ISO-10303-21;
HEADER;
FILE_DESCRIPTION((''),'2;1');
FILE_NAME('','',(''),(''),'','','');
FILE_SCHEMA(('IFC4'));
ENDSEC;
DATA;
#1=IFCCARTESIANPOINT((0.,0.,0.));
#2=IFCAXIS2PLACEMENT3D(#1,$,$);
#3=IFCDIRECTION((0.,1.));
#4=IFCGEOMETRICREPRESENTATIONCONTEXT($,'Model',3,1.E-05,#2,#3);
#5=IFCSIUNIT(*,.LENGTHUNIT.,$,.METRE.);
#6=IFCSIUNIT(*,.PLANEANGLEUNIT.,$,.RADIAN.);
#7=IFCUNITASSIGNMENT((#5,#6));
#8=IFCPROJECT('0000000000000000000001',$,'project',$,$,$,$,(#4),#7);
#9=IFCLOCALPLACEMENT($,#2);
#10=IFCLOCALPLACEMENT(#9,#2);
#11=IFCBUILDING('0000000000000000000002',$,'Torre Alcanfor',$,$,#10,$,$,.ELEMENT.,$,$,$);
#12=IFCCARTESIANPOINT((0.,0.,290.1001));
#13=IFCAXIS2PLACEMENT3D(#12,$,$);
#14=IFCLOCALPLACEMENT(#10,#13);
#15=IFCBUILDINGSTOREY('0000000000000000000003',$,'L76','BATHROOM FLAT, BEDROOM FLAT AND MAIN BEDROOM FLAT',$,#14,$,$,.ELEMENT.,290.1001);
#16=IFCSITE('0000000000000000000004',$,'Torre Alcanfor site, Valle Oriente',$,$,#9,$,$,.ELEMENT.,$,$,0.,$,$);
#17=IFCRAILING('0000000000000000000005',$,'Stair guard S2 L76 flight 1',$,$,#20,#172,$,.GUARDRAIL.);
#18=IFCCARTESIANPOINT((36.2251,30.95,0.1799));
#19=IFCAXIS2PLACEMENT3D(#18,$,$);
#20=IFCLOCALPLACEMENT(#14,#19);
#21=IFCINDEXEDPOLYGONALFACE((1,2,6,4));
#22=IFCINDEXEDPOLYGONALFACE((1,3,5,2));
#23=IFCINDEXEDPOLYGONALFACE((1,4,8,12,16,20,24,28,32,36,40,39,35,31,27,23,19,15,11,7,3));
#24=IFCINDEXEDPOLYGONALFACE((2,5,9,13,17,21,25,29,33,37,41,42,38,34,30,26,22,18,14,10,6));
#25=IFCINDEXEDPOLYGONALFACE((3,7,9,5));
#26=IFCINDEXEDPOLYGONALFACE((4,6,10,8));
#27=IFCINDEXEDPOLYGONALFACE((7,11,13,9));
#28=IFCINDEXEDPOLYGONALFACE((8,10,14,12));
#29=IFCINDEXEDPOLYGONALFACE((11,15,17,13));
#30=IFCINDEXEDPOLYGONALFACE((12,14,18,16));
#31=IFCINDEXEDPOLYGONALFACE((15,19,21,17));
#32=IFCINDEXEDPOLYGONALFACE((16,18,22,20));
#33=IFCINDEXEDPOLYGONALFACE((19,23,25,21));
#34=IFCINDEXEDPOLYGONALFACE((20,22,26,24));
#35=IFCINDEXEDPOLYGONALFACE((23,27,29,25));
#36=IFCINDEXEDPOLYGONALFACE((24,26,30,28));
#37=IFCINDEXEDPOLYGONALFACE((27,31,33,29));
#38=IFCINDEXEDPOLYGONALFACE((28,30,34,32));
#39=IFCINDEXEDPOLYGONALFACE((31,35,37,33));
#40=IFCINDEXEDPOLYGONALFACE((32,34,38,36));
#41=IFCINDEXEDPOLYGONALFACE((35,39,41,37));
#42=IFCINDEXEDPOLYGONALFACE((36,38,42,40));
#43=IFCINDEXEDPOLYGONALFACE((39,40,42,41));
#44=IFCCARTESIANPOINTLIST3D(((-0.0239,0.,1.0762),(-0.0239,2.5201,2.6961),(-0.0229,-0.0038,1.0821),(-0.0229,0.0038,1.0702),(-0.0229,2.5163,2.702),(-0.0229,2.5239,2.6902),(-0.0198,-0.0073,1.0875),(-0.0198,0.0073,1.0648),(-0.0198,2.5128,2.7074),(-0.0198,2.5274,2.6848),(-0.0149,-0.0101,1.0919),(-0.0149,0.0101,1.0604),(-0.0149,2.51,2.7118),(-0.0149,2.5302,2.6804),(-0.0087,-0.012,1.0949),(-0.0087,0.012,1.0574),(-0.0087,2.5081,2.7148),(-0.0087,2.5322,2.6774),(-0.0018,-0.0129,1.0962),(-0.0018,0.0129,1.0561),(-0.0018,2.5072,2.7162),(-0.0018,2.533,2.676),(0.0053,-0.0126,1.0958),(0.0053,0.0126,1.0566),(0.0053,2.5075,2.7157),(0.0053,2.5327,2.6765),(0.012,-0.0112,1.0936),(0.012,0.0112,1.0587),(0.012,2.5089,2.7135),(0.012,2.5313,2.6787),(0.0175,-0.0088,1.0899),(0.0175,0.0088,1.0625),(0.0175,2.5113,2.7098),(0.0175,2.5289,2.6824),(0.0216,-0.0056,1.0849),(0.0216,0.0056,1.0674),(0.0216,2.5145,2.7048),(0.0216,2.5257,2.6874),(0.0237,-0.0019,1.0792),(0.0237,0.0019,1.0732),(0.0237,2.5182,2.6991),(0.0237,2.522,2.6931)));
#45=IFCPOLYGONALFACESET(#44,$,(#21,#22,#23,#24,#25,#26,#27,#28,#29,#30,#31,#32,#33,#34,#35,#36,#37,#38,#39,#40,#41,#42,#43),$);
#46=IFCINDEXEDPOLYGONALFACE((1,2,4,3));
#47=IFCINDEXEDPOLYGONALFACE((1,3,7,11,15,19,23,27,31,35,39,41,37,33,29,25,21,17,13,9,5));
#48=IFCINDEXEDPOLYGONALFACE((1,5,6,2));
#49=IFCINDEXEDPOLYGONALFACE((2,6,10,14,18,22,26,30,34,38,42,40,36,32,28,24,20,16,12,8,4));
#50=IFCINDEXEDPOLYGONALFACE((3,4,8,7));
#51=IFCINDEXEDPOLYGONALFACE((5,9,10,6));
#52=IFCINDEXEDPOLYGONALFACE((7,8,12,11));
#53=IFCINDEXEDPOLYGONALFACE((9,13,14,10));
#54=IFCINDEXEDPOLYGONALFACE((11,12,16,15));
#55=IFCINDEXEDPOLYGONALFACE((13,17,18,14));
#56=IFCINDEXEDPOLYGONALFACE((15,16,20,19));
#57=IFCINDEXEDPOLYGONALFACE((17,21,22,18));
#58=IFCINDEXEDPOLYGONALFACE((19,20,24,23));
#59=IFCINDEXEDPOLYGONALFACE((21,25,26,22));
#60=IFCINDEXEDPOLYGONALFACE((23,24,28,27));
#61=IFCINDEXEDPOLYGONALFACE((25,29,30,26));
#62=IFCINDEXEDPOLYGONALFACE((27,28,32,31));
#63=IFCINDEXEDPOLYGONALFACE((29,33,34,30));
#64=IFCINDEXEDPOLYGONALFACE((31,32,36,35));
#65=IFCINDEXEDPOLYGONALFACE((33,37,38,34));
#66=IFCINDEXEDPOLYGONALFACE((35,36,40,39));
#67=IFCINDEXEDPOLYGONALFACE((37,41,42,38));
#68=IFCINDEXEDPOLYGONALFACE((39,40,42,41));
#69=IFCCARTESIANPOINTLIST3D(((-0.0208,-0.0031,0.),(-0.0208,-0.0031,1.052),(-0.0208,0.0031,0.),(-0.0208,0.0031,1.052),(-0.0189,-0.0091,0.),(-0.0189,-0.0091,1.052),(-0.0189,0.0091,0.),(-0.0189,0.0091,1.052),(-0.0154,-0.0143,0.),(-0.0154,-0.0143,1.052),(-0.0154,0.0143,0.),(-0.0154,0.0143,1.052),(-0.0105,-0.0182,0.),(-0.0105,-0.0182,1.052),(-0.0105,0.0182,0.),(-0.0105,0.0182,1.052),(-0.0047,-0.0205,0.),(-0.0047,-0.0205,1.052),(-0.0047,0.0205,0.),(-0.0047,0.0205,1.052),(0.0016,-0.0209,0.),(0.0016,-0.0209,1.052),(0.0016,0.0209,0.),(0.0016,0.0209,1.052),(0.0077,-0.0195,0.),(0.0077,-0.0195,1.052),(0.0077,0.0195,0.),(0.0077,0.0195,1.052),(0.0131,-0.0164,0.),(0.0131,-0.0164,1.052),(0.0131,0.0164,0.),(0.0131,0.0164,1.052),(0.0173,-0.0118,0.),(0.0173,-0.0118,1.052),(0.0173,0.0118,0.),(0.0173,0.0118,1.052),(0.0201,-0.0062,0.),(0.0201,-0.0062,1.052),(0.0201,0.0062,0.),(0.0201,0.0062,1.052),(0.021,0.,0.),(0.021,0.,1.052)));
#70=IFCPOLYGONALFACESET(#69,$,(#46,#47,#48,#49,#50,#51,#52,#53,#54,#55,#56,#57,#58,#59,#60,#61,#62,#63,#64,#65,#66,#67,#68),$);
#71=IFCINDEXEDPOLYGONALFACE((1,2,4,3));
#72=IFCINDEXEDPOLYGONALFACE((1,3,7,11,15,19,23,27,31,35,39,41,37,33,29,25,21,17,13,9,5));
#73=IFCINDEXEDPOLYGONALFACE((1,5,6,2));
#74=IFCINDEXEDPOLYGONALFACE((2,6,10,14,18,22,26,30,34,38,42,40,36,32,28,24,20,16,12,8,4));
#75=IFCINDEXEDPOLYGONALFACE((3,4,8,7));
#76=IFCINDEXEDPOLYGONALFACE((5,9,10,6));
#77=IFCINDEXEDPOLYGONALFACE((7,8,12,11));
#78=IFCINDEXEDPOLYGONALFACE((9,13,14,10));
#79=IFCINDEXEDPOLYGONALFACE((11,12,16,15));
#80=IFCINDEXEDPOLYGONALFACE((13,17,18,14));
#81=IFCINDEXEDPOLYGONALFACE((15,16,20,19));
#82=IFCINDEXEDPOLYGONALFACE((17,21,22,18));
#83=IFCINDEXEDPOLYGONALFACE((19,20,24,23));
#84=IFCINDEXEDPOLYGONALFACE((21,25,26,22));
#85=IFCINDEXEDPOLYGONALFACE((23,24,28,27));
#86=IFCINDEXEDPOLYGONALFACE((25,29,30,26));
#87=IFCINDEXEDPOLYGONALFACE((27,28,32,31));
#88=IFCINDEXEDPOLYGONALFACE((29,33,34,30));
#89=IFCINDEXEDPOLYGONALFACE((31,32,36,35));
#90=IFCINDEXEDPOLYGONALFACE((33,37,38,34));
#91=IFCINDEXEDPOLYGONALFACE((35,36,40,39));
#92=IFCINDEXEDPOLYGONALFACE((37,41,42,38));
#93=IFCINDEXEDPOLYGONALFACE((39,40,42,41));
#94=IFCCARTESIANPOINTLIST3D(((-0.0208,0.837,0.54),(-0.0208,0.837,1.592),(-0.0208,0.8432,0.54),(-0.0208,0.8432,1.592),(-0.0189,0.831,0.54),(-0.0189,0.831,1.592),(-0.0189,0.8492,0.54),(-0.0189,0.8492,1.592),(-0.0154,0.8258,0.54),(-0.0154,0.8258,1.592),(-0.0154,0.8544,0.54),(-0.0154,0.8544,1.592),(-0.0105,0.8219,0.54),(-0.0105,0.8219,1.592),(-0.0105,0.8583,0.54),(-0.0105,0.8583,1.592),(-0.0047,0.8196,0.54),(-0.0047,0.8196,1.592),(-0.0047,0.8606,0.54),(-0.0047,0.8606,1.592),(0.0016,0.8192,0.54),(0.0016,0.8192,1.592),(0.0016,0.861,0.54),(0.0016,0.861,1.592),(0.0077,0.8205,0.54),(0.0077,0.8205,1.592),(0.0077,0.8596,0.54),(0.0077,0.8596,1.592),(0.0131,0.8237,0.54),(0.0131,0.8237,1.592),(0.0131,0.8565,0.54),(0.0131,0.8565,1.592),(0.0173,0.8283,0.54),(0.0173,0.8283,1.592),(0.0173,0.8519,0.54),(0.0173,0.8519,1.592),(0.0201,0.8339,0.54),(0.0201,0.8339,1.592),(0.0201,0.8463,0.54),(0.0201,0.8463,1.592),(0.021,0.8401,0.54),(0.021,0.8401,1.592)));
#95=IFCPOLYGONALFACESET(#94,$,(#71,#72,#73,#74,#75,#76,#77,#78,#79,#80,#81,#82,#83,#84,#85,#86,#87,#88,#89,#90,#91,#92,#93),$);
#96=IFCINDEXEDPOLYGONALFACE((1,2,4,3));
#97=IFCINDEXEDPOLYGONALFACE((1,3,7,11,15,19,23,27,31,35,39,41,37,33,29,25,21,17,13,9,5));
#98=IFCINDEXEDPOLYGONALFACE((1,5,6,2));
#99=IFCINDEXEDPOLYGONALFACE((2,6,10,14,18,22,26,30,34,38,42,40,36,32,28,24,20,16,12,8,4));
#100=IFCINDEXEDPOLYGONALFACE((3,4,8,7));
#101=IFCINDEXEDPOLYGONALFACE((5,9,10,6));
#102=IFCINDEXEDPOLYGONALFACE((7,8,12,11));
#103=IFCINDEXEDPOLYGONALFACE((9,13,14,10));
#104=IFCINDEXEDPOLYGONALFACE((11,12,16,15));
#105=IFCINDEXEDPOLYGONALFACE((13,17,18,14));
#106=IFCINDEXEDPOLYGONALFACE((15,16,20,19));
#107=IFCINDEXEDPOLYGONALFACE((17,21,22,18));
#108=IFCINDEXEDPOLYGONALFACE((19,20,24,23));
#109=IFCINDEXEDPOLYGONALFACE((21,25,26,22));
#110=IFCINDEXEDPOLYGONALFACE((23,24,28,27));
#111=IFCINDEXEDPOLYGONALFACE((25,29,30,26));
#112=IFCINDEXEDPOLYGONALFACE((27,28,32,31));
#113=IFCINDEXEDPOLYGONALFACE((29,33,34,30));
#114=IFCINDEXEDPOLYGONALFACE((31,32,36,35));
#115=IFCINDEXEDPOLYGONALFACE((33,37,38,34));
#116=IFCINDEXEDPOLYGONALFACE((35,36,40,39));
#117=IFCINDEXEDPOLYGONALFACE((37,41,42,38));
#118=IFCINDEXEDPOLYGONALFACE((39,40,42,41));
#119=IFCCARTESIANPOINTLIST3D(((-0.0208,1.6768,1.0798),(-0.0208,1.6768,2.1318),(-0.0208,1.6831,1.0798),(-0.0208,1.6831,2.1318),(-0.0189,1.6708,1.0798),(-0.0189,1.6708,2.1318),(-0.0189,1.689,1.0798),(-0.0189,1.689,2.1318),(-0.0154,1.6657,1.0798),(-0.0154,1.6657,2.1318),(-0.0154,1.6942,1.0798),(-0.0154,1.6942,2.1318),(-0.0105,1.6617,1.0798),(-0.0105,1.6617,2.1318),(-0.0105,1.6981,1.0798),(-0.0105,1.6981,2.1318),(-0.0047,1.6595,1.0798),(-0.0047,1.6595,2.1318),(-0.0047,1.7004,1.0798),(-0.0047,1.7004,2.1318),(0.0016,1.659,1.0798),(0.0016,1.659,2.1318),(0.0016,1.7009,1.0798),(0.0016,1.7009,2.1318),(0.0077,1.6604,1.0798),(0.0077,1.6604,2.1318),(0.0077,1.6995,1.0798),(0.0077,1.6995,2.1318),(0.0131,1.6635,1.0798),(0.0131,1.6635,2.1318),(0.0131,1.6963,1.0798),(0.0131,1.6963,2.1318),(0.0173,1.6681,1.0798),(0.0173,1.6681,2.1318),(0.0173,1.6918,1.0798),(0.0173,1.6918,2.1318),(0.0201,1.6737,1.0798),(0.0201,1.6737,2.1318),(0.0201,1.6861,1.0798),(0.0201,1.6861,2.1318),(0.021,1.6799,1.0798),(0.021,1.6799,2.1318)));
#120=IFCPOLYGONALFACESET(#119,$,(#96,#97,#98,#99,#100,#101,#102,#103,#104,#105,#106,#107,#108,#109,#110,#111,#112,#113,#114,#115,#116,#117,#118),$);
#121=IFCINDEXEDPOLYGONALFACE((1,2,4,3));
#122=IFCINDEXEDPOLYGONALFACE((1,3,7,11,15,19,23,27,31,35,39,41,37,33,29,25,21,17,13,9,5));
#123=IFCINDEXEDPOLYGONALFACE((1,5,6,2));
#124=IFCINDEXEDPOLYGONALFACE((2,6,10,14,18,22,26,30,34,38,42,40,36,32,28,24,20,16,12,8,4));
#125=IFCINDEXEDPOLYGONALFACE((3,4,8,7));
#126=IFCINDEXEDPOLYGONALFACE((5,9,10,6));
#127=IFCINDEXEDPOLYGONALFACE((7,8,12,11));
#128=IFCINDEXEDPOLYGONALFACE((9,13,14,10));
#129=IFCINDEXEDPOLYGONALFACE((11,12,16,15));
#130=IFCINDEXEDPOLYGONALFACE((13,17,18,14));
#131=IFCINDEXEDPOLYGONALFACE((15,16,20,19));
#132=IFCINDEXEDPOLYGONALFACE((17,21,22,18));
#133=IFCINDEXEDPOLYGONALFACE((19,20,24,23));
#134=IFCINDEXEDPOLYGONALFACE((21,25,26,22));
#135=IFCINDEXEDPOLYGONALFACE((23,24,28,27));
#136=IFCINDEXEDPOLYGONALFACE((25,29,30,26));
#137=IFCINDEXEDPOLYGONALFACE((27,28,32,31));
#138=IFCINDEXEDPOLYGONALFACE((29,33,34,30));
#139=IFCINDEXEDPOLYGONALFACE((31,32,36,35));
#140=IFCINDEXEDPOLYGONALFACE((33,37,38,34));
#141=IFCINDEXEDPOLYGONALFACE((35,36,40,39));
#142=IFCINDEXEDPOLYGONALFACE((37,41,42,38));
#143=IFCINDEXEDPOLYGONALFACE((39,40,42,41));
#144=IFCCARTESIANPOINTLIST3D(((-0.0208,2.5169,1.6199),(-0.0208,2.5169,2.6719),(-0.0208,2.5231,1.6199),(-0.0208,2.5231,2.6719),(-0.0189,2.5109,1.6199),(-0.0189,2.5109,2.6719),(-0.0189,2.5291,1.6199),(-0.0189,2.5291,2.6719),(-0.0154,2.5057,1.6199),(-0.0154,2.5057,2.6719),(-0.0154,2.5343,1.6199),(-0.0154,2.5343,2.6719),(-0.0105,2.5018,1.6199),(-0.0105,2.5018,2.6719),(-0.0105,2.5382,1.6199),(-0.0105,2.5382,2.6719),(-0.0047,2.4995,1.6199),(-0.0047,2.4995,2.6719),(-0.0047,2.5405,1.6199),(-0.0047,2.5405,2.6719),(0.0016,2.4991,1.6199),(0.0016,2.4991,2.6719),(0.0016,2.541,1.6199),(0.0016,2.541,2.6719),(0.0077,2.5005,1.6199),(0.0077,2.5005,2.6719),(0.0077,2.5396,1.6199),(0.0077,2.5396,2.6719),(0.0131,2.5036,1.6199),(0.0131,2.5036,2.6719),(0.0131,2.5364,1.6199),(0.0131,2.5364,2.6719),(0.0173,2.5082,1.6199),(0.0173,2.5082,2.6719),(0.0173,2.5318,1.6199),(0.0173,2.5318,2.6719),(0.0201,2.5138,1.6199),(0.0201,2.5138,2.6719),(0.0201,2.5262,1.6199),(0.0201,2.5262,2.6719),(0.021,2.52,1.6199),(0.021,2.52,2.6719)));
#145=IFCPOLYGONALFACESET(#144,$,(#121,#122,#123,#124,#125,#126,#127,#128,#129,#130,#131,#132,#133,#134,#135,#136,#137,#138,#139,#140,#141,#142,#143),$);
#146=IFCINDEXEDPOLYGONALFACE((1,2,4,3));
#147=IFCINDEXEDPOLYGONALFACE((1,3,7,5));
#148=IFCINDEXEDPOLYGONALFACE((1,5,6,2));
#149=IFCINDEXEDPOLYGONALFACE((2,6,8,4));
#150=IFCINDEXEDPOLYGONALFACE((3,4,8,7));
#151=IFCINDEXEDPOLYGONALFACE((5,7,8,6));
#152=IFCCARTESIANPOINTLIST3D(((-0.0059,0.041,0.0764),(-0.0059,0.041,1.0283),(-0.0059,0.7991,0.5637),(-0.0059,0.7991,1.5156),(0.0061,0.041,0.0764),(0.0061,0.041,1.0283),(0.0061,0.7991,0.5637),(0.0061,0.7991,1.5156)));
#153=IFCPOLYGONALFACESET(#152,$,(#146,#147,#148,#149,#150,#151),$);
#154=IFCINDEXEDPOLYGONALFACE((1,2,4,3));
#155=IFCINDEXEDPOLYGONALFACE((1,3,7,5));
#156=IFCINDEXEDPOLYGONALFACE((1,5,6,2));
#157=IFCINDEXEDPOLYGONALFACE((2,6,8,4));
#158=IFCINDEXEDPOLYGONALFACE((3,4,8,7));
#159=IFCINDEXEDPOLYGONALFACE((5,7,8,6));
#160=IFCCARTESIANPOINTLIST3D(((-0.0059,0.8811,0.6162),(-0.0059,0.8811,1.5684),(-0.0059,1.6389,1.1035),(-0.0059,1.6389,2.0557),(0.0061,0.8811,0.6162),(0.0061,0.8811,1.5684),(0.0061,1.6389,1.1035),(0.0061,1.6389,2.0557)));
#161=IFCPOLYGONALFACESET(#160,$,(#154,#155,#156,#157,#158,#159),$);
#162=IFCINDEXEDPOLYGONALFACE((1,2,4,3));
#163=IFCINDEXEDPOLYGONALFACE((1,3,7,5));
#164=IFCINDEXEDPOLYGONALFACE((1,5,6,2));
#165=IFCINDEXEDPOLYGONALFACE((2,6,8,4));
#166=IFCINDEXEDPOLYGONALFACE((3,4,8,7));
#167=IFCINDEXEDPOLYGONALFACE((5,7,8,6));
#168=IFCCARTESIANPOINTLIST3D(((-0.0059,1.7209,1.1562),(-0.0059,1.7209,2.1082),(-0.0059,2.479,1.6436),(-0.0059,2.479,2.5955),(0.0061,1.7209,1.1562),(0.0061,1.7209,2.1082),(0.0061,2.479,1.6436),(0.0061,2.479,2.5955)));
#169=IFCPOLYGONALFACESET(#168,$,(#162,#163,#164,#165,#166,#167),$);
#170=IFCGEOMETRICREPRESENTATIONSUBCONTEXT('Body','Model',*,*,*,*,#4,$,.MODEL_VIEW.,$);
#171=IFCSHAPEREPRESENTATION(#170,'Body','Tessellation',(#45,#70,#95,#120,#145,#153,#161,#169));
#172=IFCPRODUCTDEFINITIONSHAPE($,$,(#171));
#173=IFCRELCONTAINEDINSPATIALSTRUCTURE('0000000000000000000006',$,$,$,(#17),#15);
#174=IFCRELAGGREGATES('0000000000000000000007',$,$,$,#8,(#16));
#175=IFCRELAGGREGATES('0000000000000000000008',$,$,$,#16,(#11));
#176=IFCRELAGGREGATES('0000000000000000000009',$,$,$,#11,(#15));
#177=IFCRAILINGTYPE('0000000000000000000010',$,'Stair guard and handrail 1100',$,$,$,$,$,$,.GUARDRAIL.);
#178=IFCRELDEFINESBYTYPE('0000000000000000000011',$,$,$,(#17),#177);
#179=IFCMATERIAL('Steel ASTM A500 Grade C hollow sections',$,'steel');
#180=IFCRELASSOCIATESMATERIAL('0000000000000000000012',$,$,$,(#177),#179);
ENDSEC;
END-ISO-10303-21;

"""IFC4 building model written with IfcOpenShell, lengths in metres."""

from ifc_helpers import new_model, si_unit, direction, frame, origin, origin_2d, place, context, subcontext, project, spatial, polyline, circle, outline, extrude, material, type_object, element, save


model = new_model("IFC4")

# Units and contexts
model_context = context("Model", 3, precision=1e-05, world=origin(), true_north=direction((0.0, 1.0)))
body_context = subcontext(model_context, "Body", "Model", "MODEL_VIEW")
ifc_project = project(units=[si_unit("LENGTHUNIT", "METRE"), si_unit("PLANEANGLEUNIT", "RADIAN")], contexts=[model_context])

# Site, building, storey
site_placement = place(None, origin())
site = spatial("IfcSite", under=ifc_project, at=site_placement, Name="Torre Alcanfor site, Valle Oriente", CompositionType="ELEMENT", RefElevation=0.0)
building_placement = place(site_placement, origin())
building = spatial("IfcBuilding", under=site, at=building_placement, Name="Torre Alcanfor", CompositionType="ELEMENT")
storey_placement = place(building_placement, frame((0.0, 0.0, 290.1001)))
storey = spatial("IfcBuildingStorey", under=building, at=storey_placement, Name="L76", Description="BATHROOM FLAT, BEDROOM FLAT AND MAIN BEDROOM FLAT", CompositionType="ELEMENT", Elevation=290.1001)

# Railing
ifc_material_1 = material(Name="Steel ASTM A500 Grade C hollow sections", Category="steel")
railing_type_1 = type_object("IfcRailingType", Name="Stair guard and handrail 1100", PredefinedType="GUARDRAIL", material=ifc_material_1)
railing_1_placement = place(storey_placement, frame((36.2251, 30.95, 0.1799)))
element("IfcRailing", 1, at=railing_1_placement, inside=storey, type_object=railing_type_1, Name="Stair guard S2 L76 flight 1", PredefinedType="GUARDRAIL", context=body_context, shape_type="SweptSolid", body=[
    extrude(circle(Radius=0.0239, at=origin_2d()), frame((0.0, 0.0, 1.0762), z_axis=(0.0, 0.8412, 0.540725), x_axis=(-1.0, 0.0, 0.0)), (0.0, 0.0, 1.0), 2.9958),
    extrude(circle(Radius=0.021, at=origin_2d()), origin(), (0.0, 0.0, 1.0), 1.052),
    extrude(circle(Radius=0.021, at=origin_2d()), frame((0.0, 0.8401, 0.54)), (0.0, 0.0, 1.0), 1.052),
    extrude(circle(Radius=0.021, at=origin_2d()), frame((0.0, 1.6799, 1.0798)), (0.0, 0.0, 1.0), 1.052),
    extrude(circle(Radius=0.021, at=origin_2d()), frame((0.0, 2.52, 1.6199)), (0.0, 0.0, 1.0), 1.052),
    extrude(outline(polyline([(0.041, 0.0764), (0.7991, 0.5637), (0.7991, 1.5156), (0.041, 1.0283), (0.041, 0.0764)])), frame((-0.0059, 0.0, 0.0), z_axis=(1.0, 0.0, 0.0), x_axis=(0.0, 1.0, 0.0)), (0.0, 0.0, 1.0), 0.012),
    extrude(outline(polyline([(0.8811, 0.6162), (1.6389, 1.1035), (1.6389, 2.0557), (0.8811, 1.5684), (0.8811, 0.6162)])), frame((-0.0059, 0.0, 0.0), z_axis=(1.0, 0.0, 0.0), x_axis=(0.0, 1.0, 0.0)), (0.0, 0.0, 1.0), 0.012),
    extrude(outline(polyline([(1.7209, 1.1562), (2.479, 1.6436), (2.479, 2.5955), (1.7209, 2.1082), (1.7209, 1.1562)])), frame((-0.0059, 0.0, 0.0), z_axis=(1.0, 0.0, 0.0), x_axis=(0.0, 1.0, 0.0)), (0.0, 0.0, 1.0), 0.012),
])

save(model, "model.ifc")
